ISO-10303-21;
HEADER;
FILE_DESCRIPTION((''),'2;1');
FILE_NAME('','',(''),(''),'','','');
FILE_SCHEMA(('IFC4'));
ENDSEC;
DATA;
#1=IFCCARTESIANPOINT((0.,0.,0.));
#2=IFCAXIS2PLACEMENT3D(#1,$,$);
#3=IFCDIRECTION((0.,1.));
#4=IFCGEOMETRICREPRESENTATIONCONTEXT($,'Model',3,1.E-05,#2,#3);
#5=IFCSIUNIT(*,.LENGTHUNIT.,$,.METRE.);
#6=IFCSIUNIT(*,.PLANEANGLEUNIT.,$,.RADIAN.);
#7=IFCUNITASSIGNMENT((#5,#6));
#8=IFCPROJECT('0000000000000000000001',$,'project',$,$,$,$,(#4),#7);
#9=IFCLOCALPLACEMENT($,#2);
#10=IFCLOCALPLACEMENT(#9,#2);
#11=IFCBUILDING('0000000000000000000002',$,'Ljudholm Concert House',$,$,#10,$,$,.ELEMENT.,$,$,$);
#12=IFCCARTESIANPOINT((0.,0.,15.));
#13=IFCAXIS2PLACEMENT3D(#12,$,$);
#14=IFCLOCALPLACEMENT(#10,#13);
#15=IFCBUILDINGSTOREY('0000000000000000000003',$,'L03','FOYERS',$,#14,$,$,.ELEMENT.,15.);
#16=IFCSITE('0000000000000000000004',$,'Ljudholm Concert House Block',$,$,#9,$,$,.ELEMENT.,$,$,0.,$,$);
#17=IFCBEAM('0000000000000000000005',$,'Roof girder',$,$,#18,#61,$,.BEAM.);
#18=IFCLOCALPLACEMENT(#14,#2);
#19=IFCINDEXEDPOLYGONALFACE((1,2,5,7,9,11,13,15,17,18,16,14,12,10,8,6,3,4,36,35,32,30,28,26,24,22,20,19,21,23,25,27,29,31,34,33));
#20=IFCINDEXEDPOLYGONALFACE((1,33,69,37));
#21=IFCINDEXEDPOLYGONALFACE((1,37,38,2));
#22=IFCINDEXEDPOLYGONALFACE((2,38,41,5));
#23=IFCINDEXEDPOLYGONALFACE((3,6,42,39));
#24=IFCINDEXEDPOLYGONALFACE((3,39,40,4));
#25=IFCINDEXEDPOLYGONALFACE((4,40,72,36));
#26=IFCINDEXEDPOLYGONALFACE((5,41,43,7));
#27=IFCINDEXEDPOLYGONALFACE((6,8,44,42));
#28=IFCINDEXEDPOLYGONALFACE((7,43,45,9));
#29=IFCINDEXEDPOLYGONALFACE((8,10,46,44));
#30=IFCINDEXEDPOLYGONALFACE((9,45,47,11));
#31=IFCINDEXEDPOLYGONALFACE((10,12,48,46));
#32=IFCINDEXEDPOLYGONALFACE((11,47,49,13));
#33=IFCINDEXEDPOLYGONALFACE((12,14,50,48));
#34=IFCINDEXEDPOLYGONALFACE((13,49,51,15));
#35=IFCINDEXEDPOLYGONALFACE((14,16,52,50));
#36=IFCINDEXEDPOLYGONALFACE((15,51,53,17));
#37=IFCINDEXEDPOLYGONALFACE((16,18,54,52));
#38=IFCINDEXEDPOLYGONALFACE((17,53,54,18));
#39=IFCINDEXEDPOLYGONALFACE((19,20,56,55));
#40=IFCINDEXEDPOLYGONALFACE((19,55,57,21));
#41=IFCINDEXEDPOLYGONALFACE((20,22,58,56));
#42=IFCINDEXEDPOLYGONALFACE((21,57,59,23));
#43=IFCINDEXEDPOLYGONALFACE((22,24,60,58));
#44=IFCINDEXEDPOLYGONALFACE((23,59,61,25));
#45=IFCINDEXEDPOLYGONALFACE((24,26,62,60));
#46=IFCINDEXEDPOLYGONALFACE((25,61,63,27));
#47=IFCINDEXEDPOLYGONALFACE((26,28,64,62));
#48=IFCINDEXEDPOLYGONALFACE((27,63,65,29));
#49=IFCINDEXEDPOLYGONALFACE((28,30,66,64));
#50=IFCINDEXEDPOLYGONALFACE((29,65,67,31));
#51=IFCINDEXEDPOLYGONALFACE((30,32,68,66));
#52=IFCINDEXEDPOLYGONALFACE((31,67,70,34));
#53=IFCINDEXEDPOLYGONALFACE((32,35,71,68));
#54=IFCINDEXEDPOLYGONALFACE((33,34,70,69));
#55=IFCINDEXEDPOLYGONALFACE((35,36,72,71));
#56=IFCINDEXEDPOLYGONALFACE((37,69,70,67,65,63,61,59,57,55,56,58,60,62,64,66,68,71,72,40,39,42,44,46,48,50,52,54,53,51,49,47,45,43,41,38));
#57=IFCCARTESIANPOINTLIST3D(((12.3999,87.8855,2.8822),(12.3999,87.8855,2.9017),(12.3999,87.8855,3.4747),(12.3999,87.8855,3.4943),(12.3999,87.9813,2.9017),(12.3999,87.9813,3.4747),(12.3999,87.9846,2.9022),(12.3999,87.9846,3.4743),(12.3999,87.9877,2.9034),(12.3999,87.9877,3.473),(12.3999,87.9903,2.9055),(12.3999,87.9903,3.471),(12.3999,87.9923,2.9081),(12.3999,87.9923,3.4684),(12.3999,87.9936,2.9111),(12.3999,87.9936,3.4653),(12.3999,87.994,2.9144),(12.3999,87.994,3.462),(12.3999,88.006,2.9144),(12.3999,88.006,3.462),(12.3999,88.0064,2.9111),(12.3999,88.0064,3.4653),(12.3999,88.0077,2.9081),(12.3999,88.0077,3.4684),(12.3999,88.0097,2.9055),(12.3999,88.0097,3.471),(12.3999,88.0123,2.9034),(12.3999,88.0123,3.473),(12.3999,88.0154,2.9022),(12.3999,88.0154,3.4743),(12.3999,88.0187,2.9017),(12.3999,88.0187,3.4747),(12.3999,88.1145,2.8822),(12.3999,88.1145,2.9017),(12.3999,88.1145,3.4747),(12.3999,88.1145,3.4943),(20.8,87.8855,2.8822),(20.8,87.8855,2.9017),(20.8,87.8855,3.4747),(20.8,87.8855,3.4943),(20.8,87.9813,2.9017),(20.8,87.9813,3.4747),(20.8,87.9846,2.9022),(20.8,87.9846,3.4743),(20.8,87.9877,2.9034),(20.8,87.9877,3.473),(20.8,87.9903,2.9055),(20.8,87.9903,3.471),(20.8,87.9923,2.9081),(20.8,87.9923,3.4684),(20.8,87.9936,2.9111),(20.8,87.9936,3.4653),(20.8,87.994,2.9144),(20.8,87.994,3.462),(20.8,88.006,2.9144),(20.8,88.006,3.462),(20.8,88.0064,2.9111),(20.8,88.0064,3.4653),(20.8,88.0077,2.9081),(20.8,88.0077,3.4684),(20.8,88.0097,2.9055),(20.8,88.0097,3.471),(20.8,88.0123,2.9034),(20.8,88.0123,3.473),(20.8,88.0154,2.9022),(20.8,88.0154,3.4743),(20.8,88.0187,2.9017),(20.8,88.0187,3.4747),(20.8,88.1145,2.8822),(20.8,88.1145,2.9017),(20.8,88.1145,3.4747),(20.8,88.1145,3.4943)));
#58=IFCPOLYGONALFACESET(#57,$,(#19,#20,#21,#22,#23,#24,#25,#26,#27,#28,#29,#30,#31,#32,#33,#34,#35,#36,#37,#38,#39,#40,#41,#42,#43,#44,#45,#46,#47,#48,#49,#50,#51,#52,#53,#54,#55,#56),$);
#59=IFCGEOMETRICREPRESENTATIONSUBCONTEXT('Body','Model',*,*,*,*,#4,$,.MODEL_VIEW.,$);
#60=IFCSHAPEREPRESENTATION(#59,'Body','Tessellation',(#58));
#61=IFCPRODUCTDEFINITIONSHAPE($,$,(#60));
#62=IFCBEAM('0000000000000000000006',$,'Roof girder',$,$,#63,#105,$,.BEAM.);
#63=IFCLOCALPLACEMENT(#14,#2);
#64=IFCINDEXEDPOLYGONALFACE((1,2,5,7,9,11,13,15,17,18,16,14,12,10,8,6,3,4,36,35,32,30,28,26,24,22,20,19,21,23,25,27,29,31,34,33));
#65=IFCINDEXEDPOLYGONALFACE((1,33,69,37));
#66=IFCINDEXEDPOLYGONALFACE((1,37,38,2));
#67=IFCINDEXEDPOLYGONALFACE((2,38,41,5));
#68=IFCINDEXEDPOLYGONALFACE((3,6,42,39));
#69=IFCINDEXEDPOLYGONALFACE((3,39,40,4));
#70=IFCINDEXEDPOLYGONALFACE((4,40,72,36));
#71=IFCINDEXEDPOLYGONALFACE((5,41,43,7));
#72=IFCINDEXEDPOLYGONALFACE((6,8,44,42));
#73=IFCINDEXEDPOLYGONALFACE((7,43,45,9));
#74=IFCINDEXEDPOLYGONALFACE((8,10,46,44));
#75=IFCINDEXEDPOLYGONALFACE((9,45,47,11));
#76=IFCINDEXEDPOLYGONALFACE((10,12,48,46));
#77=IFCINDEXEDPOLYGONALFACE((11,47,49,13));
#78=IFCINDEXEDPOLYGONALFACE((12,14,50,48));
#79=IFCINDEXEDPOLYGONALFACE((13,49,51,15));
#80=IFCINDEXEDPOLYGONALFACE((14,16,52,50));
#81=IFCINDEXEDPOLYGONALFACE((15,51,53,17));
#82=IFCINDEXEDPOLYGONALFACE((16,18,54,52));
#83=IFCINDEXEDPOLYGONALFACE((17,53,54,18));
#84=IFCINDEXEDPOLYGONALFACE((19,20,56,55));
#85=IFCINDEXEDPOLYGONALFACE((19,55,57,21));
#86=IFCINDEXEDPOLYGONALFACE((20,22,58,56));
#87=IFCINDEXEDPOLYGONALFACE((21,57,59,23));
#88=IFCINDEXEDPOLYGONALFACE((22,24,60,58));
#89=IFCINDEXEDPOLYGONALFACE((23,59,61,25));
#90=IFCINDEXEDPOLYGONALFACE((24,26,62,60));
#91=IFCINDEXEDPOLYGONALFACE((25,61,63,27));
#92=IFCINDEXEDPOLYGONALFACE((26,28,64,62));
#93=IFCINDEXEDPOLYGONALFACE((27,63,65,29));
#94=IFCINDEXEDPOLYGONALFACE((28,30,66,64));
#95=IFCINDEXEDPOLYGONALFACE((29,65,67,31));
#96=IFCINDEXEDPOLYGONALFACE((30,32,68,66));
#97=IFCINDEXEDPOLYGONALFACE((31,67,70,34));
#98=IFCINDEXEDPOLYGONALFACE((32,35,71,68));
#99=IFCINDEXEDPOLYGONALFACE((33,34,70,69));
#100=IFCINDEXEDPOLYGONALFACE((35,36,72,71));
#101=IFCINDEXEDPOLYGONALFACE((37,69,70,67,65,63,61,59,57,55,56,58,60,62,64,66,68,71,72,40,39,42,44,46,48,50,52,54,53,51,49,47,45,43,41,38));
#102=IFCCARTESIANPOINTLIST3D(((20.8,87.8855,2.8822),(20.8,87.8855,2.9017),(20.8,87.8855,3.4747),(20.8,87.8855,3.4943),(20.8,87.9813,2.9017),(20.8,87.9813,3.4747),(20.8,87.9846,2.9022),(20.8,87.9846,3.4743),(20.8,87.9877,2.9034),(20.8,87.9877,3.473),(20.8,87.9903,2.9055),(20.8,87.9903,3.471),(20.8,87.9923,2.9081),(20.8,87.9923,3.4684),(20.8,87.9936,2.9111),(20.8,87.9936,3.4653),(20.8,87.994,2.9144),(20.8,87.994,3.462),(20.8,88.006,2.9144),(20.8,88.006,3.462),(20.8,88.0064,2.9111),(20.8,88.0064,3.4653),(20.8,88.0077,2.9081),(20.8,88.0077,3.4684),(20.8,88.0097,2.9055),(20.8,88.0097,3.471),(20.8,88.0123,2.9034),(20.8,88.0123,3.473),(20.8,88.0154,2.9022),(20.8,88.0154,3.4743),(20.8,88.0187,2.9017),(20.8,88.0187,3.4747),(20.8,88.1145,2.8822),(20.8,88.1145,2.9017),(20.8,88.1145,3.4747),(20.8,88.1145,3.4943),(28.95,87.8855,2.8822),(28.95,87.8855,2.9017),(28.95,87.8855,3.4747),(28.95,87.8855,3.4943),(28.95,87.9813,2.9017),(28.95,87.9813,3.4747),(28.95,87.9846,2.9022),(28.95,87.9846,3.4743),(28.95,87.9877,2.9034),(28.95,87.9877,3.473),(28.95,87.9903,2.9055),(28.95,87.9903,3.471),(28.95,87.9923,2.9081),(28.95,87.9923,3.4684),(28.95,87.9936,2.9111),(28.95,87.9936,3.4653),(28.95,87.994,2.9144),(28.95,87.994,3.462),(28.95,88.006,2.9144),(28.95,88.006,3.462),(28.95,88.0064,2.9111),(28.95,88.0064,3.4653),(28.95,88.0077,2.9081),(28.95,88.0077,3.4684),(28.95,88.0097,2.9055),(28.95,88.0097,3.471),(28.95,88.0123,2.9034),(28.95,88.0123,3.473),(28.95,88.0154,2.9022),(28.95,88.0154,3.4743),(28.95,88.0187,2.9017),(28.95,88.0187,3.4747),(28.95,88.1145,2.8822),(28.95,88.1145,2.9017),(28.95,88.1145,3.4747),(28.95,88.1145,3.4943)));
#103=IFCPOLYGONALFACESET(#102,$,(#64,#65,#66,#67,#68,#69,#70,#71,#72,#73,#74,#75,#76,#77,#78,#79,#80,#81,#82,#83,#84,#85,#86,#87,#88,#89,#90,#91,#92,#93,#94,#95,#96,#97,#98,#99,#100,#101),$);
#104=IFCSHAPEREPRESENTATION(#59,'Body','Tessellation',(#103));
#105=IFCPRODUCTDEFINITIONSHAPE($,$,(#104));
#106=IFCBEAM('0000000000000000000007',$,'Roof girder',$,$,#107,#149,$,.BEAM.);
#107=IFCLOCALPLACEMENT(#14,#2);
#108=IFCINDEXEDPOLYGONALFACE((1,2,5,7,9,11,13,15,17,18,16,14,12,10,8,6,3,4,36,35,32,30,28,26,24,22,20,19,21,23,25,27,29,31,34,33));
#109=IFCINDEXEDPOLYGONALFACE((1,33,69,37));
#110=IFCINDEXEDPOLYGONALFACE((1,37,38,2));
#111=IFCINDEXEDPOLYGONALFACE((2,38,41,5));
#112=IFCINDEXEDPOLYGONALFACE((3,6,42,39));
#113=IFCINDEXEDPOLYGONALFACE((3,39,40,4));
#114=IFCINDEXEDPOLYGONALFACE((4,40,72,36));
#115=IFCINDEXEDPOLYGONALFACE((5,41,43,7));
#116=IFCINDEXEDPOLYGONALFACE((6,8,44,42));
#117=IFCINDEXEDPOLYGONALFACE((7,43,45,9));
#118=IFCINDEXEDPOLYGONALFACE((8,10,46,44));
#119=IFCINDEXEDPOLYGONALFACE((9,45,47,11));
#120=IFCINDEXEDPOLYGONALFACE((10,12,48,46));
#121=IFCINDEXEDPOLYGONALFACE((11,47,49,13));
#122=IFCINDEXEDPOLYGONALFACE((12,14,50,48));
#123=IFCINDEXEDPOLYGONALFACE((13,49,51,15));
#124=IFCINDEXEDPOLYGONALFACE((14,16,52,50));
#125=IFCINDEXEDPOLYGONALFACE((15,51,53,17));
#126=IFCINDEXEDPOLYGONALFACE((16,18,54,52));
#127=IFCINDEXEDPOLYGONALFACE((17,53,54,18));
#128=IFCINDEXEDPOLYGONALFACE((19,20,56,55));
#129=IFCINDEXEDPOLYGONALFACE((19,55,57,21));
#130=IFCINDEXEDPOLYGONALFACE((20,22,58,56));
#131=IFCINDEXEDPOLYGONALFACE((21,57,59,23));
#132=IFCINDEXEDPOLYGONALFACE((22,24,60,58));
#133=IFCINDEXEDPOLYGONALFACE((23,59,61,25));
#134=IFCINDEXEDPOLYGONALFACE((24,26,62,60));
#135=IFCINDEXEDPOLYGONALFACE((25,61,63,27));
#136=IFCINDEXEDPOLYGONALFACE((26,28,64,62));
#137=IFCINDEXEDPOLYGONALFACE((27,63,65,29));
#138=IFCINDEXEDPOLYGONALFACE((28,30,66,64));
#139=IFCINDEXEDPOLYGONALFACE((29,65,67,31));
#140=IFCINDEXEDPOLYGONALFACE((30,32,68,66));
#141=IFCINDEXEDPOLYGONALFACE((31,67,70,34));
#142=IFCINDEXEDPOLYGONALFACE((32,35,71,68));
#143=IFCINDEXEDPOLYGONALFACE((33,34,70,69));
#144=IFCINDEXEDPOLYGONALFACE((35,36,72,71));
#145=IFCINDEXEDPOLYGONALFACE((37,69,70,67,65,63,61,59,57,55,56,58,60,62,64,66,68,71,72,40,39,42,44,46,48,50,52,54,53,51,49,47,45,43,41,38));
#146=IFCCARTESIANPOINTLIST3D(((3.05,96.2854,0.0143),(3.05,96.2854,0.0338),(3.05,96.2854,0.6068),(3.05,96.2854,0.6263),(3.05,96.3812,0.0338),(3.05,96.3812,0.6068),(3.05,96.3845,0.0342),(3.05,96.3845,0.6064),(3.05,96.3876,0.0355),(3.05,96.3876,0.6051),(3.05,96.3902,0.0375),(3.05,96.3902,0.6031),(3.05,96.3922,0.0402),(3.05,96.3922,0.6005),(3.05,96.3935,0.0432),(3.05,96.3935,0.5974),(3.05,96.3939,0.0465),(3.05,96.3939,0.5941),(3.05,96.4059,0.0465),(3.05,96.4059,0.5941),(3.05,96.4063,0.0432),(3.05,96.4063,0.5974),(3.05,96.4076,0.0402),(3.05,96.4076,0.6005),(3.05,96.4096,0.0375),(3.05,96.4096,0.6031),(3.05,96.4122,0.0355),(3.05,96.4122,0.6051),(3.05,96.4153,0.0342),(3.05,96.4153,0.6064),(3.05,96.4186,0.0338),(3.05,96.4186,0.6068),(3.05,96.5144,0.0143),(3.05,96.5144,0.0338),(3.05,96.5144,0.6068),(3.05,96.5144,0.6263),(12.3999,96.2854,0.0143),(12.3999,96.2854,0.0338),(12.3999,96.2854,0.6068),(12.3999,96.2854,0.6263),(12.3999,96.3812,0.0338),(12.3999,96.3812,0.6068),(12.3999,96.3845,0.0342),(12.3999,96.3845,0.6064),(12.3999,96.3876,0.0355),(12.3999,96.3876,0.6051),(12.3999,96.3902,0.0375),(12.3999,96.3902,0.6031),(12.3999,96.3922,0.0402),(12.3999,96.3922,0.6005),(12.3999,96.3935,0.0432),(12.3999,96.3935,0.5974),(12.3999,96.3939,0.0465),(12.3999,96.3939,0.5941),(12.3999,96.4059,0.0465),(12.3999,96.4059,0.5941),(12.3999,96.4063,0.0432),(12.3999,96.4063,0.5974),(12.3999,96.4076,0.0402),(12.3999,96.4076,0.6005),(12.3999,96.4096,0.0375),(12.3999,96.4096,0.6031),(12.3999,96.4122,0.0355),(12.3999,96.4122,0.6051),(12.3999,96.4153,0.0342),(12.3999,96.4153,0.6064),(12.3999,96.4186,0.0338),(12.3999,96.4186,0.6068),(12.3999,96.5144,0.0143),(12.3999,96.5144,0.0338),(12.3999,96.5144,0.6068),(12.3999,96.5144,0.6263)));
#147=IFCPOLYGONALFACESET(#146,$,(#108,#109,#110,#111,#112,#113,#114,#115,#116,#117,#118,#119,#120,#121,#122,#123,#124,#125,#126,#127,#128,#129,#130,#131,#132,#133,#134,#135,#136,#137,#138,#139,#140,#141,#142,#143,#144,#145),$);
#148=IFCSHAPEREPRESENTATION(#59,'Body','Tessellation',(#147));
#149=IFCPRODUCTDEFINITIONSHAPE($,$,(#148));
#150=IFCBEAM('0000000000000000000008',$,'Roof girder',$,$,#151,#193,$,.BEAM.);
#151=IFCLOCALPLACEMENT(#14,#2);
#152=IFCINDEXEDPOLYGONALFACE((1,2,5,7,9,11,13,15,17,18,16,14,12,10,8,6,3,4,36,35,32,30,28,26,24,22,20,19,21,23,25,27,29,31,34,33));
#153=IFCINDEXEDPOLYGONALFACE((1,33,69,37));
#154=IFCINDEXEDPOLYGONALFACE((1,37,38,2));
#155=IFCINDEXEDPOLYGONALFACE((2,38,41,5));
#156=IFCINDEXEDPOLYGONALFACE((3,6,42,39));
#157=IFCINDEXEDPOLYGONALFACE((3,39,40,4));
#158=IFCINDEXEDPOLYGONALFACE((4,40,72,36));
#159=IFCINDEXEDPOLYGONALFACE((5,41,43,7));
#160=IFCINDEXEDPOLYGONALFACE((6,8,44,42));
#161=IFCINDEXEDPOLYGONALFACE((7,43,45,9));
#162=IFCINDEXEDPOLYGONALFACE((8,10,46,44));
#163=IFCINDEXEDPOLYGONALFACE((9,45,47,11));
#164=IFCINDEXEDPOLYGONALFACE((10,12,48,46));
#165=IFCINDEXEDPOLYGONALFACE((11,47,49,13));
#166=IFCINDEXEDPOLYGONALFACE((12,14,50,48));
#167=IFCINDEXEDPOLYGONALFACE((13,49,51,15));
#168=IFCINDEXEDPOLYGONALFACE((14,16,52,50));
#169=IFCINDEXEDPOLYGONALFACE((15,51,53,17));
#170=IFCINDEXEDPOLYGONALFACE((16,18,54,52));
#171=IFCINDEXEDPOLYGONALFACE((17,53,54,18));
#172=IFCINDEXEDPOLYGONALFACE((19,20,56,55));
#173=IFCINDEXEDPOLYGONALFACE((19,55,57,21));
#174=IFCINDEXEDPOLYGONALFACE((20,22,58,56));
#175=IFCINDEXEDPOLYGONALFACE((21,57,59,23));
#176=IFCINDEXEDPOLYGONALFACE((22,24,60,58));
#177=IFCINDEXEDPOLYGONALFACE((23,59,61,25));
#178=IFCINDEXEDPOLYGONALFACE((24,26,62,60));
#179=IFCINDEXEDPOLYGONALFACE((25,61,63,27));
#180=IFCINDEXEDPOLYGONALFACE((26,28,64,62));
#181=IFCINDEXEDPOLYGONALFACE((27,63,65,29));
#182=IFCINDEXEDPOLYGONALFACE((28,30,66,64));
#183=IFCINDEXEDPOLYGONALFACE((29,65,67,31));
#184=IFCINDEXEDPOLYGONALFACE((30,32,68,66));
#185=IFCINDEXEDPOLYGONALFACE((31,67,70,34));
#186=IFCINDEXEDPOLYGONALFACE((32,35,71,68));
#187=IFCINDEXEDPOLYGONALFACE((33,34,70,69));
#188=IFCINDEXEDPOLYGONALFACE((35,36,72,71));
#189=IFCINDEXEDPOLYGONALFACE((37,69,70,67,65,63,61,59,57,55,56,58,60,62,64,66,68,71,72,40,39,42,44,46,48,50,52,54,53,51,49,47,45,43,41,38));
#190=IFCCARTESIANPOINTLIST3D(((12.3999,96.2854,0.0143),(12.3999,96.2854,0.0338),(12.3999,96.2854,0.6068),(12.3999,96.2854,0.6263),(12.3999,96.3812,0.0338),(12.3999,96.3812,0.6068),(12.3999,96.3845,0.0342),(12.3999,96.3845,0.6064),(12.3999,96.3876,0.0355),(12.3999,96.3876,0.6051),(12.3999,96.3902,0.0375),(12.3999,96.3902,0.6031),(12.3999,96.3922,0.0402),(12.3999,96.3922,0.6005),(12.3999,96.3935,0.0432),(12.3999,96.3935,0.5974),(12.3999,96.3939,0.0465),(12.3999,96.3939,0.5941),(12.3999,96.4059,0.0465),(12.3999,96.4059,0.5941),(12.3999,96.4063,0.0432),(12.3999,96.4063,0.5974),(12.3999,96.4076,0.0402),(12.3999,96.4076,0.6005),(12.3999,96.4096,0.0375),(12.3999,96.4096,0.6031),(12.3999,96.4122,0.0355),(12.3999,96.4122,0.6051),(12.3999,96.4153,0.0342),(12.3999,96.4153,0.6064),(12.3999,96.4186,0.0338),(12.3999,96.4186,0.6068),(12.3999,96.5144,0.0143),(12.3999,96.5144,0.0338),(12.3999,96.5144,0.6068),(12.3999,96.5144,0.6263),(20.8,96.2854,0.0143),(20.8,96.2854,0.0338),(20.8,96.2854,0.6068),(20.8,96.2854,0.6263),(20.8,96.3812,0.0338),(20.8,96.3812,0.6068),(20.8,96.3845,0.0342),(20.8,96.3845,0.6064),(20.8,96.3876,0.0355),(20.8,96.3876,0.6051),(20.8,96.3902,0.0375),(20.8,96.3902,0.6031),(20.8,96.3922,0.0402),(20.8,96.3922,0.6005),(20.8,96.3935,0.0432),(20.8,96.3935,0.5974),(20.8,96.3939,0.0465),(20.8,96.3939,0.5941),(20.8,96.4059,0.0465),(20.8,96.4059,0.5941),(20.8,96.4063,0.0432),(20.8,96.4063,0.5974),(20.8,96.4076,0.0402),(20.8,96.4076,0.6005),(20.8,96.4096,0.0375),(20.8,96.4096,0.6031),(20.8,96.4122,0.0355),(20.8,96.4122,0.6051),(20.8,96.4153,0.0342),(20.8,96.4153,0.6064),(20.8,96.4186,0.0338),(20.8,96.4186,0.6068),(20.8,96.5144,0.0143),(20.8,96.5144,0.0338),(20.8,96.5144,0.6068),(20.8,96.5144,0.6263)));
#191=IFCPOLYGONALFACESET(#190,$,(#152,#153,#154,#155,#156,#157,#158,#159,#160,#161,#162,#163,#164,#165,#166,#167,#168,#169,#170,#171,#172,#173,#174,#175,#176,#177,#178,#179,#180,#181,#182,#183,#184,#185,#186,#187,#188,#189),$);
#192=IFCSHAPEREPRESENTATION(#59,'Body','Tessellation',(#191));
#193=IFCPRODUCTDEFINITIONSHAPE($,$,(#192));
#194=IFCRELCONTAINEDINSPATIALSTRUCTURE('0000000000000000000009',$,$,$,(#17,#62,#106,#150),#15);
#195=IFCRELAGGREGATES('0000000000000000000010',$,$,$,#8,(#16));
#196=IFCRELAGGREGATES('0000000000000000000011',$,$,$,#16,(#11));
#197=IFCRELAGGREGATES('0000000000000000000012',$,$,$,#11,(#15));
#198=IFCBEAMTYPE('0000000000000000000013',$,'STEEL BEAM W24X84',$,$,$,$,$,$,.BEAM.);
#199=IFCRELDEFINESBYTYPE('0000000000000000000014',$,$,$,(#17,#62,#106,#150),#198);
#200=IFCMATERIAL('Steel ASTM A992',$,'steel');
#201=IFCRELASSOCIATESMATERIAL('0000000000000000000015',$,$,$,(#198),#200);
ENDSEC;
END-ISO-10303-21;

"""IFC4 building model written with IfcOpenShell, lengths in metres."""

from ifc_helpers import new_model, si_unit, direction, frame, origin, origin_2d, place, context, subcontext, project, spatial, i_section, extrude, material, material_profile, profile_set, type_object, element, save


model = new_model("IFC4")

# Units and contexts
model_context = context("Model", 3, precision=1e-05, world=origin(), true_north=direction((0.0, 1.0)))
body_context = subcontext(model_context, "Body", "Model", "MODEL_VIEW")
ifc_project = project(units=[si_unit("LENGTHUNIT", "METRE"), si_unit("PLANEANGLEUNIT", "RADIAN")], contexts=[model_context])

# Site, building, storey
site_placement = place(None, origin())
site = spatial("IfcSite", under=ifc_project, at=site_placement, Name="Ljudholm Concert House Block", CompositionType="ELEMENT", RefElevation=0.0)
building_placement = place(site_placement, origin())
building = spatial("IfcBuilding", under=site, at=building_placement, Name="Ljudholm Concert House", CompositionType="ELEMENT")
storey_placement = place(building_placement, frame((0.0, 0.0, 15.0)))
storey = spatial("IfcBuildingStorey", under=building, at=storey_placement, Name="L03", Description="FOYERS", CompositionType="ELEMENT", Elevation=15.0)

# Beams
ifc_material_1 = material(Name="Steel ASTM A992", Category="steel")
ifc_material_profile_1 = material_profile(ifc_material_1, i_section(OverallWidth=0.229, OverallDepth=0.6121, WebThickness=0.012, FlangeThickness=0.0195, FilletRadius=0.0127, at=origin_2d()), Name="W24X84")
ifc_profile_set_1 = profile_set([ifc_material_profile_1], Name="Steel ASTM A992")
beam_type_1 = type_object("IfcBeamType", Name="STEEL BEAM W24X84", PredefinedType="BEAM", material=ifc_profile_set_1)
beam_1_placement = place(storey_placement, frame((12.3999, 88.0, 3.1882), z_axis=(1.0, 0.0, 0.0), x_axis=(0.0, 1.0, 0.0)))
element("IfcBeam", 1, at=beam_1_placement, inside=storey, type_object=beam_type_1, Name="Roof girder", PredefinedType="BEAM", context=body_context, shape_type="SweptSolid", body=[
    extrude(i_section(OverallWidth=0.229, OverallDepth=0.6121, WebThickness=0.012, FlangeThickness=0.0195, FilletRadius=0.0127, at=origin_2d()), origin(), (0.0, 0.0, 1.0), 8.4001),
])
beam_2_placement = place(storey_placement, frame((20.8, 88.0, 3.1882), z_axis=(1.0, 0.0, 0.0), x_axis=(0.0, 1.0, 0.0)))
element("IfcBeam", 2, at=beam_2_placement, inside=storey, type_object=beam_type_1, Name="Roof girder", PredefinedType="BEAM", context=body_context, shape_type="SweptSolid", body=[
    extrude(i_section(OverallWidth=0.229, OverallDepth=0.6121, WebThickness=0.012, FlangeThickness=0.0195, FilletRadius=0.0127, at=origin_2d()), origin(), (0.0, 0.0, 1.0), 8.1499),
])
beam_3_placement = place(storey_placement, frame((3.05, 96.3999, 0.3203), z_axis=(1.0, 0.0, 0.0), x_axis=(0.0, 1.0, 0.0)))
element("IfcBeam", 3, at=beam_3_placement, inside=storey, type_object=beam_type_1, Name="Roof girder", PredefinedType="BEAM", context=body_context, shape_type="SweptSolid", body=[
    extrude(i_section(OverallWidth=0.229, OverallDepth=0.6121, WebThickness=0.012, FlangeThickness=0.0195, FilletRadius=0.0127, at=origin_2d()), origin(), (0.0, 0.0, 1.0), 9.3499),
])
beam_4_placement = place(storey_placement, frame((12.3999, 96.3999, 0.3203), z_axis=(1.0, 0.0, 0.0), x_axis=(0.0, 1.0, 0.0)))
element("IfcBeam", 4, at=beam_4_placement, inside=storey, type_object=beam_type_1, Name="Roof girder", PredefinedType="BEAM", context=body_context, shape_type="SweptSolid", body=[
    extrude(i_section(OverallWidth=0.229, OverallDepth=0.6121, WebThickness=0.012, FlangeThickness=0.0195, FilletRadius=0.0127, at=origin_2d()), origin(), (0.0, 0.0, 1.0), 8.4001),
])

save(model, "model.ifc")
